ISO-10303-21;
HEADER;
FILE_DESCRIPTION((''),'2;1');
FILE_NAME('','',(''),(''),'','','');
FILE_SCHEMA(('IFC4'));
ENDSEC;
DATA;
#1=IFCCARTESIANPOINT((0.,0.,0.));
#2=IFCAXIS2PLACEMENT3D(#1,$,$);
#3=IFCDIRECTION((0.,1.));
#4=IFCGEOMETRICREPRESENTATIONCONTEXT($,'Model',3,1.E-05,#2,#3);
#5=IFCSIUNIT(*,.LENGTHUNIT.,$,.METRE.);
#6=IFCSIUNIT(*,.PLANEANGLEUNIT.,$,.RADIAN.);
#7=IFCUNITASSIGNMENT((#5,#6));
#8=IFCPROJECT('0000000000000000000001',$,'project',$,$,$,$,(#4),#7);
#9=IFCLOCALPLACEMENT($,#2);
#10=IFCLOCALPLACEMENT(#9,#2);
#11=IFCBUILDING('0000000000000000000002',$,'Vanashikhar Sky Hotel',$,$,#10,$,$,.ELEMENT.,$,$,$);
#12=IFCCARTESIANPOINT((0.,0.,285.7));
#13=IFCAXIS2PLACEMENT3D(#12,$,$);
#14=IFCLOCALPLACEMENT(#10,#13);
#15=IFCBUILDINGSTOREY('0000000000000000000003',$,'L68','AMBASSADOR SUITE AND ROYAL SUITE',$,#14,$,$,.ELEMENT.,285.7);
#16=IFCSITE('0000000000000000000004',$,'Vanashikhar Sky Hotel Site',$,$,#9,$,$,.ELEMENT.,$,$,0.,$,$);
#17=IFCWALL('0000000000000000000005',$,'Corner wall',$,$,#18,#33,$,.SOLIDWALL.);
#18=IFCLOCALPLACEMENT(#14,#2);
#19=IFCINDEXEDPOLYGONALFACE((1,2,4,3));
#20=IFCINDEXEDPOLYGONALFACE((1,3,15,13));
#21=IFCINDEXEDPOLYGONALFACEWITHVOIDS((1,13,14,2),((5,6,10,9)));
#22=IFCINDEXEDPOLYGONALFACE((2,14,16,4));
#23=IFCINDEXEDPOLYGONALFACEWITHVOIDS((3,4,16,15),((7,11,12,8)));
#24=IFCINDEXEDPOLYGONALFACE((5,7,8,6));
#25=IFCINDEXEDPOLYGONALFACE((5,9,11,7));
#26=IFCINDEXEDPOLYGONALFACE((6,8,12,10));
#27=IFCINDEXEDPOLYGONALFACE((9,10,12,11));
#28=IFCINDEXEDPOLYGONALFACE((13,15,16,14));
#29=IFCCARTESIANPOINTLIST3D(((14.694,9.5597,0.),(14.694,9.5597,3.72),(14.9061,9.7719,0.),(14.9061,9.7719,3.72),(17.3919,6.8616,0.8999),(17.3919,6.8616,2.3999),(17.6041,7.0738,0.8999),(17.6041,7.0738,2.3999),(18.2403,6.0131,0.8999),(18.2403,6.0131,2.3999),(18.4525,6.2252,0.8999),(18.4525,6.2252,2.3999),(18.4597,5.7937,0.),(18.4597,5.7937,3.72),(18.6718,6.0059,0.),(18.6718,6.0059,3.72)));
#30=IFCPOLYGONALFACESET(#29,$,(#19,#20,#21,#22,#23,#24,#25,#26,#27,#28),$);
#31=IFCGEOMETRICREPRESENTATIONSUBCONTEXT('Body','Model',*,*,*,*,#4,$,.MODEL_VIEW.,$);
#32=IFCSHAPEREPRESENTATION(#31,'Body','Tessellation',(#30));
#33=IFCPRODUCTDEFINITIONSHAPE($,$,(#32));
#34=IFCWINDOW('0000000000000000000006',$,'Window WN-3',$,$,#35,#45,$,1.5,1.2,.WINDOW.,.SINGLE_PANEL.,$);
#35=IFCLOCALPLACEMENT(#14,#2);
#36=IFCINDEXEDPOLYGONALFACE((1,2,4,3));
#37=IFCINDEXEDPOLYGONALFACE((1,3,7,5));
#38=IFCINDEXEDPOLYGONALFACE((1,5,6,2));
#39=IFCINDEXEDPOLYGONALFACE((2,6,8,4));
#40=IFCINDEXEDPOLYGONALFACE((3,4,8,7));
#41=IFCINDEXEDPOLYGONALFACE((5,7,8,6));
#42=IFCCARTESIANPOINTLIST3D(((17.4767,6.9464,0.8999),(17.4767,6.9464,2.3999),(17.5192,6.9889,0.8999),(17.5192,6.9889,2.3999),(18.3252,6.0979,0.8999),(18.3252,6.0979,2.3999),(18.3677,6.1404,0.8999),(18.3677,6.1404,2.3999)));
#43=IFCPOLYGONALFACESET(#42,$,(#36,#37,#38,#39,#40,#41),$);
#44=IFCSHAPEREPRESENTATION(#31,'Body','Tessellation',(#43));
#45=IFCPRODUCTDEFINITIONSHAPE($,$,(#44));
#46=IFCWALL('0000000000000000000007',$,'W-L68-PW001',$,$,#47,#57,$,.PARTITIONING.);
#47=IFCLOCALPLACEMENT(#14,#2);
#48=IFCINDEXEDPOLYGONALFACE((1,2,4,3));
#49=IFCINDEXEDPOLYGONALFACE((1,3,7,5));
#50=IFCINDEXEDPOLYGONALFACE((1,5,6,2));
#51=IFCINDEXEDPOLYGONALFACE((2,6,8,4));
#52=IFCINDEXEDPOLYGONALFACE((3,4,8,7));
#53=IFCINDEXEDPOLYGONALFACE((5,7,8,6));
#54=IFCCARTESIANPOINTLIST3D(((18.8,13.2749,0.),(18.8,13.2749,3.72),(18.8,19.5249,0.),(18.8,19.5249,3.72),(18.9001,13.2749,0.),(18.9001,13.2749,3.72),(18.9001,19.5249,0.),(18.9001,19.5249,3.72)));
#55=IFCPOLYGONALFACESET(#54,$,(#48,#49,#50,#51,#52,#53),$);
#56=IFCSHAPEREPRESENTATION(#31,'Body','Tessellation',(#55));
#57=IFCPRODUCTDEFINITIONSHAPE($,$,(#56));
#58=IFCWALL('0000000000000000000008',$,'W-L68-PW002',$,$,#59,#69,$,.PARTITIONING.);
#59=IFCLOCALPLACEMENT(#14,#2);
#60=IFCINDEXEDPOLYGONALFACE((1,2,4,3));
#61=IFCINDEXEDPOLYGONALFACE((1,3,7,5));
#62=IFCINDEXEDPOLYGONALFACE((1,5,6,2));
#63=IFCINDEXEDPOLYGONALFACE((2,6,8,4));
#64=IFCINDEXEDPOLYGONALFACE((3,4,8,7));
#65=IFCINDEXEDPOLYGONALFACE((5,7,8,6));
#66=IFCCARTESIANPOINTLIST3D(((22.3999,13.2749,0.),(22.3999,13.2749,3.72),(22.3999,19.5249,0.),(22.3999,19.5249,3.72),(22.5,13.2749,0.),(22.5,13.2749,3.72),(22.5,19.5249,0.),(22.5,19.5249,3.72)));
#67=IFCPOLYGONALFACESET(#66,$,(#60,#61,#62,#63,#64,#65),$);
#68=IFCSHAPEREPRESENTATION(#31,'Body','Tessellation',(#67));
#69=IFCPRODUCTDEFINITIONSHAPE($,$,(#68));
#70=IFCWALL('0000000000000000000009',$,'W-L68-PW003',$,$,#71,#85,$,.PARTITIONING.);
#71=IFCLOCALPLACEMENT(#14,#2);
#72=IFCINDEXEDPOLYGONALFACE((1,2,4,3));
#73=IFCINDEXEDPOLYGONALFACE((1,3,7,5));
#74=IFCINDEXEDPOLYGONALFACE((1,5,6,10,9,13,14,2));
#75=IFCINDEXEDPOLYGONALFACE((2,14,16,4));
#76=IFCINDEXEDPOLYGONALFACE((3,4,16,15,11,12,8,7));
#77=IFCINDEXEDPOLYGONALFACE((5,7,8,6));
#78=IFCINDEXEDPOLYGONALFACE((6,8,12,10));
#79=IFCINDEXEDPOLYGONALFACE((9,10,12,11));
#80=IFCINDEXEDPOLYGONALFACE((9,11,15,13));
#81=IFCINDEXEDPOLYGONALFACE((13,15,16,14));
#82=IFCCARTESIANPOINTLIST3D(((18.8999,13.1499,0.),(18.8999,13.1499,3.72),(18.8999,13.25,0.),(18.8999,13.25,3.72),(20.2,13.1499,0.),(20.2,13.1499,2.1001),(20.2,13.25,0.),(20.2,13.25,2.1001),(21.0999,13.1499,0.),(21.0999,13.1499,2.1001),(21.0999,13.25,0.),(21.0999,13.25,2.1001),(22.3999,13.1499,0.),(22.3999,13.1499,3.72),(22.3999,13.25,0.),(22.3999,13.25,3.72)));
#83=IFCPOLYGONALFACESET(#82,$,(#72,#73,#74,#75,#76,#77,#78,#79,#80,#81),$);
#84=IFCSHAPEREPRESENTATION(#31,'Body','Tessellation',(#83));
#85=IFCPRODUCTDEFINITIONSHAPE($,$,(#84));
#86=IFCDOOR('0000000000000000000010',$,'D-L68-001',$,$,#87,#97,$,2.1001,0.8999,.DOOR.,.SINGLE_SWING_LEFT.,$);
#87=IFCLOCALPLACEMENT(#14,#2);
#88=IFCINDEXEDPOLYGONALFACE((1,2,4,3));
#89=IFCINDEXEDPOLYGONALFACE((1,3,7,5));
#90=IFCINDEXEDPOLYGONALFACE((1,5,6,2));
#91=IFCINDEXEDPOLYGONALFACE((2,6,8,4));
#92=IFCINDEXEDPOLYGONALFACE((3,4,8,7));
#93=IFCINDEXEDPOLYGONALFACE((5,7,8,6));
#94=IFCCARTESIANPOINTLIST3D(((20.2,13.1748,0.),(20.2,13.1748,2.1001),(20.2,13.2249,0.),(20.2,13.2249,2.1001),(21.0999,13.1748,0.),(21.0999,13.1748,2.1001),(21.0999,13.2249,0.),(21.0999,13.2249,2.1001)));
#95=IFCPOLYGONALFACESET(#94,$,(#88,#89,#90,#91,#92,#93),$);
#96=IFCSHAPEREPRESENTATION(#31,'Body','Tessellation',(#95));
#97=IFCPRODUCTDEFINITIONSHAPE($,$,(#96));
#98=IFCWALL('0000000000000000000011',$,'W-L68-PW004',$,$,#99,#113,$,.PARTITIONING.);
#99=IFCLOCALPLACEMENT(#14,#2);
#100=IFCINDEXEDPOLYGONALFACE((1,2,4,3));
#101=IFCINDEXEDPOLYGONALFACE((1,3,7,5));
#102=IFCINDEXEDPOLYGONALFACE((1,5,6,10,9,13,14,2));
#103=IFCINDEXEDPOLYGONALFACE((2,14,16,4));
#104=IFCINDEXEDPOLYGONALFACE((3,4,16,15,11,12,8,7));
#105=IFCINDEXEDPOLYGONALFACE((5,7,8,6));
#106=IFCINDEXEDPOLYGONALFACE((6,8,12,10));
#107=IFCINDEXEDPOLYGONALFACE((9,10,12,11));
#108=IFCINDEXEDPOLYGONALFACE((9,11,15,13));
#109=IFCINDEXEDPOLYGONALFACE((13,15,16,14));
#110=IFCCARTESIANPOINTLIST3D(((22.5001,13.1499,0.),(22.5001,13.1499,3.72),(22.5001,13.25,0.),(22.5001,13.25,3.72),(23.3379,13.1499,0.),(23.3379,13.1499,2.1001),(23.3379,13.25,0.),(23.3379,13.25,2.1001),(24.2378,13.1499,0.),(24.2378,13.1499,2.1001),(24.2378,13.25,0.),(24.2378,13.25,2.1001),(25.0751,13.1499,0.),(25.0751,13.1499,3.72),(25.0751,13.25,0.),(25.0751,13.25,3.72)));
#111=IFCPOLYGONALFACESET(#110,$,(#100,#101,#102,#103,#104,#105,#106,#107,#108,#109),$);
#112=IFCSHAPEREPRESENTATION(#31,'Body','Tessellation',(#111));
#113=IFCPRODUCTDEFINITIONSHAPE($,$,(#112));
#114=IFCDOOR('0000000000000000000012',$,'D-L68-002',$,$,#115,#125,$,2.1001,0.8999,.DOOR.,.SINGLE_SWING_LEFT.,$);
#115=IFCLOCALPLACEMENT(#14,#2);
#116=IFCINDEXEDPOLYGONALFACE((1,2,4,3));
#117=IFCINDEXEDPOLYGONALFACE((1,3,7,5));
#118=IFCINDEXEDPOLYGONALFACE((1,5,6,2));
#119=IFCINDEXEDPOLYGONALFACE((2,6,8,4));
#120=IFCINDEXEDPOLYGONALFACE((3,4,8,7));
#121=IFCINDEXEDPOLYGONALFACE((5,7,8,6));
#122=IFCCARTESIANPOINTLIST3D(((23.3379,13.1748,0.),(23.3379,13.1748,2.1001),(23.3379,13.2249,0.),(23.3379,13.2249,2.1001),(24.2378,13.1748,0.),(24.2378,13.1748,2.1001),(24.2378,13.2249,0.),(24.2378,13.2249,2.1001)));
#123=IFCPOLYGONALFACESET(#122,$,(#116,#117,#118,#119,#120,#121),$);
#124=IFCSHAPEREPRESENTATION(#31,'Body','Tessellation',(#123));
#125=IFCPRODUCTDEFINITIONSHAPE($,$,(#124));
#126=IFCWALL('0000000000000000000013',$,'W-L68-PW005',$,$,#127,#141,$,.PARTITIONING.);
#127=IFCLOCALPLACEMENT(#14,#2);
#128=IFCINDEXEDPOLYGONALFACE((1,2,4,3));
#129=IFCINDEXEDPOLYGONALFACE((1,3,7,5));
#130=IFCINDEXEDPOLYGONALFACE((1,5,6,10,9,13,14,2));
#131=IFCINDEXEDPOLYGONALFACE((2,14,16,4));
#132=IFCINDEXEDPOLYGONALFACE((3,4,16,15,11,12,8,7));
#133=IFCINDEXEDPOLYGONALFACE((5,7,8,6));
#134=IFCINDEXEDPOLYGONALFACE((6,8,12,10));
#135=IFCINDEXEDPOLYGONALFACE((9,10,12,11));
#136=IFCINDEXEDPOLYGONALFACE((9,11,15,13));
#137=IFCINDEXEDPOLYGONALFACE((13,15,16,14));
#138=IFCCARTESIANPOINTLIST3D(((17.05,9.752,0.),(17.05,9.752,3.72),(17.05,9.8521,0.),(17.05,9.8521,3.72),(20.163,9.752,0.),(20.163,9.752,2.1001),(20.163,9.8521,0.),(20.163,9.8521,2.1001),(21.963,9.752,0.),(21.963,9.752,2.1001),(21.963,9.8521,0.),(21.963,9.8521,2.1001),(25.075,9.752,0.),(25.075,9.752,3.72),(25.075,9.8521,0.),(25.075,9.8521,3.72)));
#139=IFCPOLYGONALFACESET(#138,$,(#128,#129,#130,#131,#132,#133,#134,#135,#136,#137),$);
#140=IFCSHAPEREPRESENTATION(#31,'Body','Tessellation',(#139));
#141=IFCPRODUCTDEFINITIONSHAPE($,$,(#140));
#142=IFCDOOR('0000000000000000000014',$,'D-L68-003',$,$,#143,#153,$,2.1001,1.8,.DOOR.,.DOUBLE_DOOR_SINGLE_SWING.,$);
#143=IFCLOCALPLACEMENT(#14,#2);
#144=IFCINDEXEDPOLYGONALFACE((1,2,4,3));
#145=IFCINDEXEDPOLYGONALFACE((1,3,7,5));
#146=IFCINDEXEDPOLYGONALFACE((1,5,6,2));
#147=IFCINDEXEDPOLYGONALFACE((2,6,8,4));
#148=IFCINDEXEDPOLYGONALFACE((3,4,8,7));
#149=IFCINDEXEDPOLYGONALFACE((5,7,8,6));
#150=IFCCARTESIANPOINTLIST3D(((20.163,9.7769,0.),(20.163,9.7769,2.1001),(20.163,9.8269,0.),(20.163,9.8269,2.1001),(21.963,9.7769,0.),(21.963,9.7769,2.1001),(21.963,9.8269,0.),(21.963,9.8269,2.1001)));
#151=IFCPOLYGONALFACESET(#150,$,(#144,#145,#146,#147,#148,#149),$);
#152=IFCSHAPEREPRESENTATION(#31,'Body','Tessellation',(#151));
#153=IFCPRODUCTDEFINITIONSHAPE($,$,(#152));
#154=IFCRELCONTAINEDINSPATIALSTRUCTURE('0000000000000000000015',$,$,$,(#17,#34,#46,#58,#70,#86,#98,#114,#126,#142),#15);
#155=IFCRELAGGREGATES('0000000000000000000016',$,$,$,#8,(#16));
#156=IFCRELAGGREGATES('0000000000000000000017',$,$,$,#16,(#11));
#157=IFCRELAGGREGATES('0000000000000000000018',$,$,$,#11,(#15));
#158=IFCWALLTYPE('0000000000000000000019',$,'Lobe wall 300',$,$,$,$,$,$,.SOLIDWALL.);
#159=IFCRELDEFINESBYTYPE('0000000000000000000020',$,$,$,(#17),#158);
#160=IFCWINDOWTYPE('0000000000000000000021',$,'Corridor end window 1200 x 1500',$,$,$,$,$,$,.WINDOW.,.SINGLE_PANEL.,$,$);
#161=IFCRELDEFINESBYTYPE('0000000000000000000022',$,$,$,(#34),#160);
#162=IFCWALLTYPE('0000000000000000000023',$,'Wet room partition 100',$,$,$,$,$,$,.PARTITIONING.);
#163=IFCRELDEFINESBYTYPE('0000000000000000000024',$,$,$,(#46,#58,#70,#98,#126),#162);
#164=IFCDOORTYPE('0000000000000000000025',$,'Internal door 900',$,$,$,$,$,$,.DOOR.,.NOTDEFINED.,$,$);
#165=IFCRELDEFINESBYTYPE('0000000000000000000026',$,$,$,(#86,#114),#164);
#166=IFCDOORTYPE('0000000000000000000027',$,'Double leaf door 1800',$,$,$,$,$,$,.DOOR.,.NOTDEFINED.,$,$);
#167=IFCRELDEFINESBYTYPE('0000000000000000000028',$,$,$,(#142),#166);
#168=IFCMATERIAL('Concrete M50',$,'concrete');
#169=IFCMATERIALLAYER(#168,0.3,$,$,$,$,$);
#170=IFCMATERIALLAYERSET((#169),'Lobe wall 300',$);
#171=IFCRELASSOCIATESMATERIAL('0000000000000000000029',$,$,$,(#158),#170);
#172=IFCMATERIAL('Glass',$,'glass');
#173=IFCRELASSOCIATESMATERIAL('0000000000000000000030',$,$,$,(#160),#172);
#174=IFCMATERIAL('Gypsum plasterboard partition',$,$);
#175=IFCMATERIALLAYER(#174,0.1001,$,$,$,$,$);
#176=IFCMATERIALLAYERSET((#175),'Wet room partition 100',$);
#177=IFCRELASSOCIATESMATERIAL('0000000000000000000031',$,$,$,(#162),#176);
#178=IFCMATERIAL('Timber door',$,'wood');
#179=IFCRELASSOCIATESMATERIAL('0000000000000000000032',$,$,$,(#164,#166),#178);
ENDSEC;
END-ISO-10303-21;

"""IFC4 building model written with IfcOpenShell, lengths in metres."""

from ifc_helpers import new_model, si_unit, direction, frame, frame_2d, origin, place, context, subcontext, project, spatial, rectangle, extrude, source, transform, mapped, material, layer, layer_set, type_object, element, fill, save


model = new_model("IFC4")

# Units and contexts
model_context = context("Model", 3, precision=1e-05, world=origin(), true_north=direction((0.0, 1.0)))
body_context = subcontext(model_context, "Body", "Model", "MODEL_VIEW")
ifc_project = project(units=[si_unit("LENGTHUNIT", "METRE"), si_unit("PLANEANGLEUNIT", "RADIAN")], contexts=[model_context])

# Site, building, storey
site_placement = place(None, origin())
site = spatial("IfcSite", under=ifc_project, at=site_placement, Name="Vanashikhar Sky Hotel Site", CompositionType="ELEMENT", RefElevation=0.0)
building_placement = place(site_placement, origin())
building = spatial("IfcBuilding", under=site, at=building_placement, Name="Vanashikhar Sky Hotel", CompositionType="ELEMENT")
storey_placement = place(building_placement, frame((0.0, 0.0, 285.7)))
storey = spatial("IfcBuildingStorey", under=building, at=storey_placement, Name="L68", Description="AMBASSADOR SUITE AND ROYAL SUITE", CompositionType="ELEMENT", Elevation=285.7)

# Shared definitions
ifc_material_1 = material(Name="Concrete M50", Category="concrete")

# Shared definitions
ifc_material_2 = material(Name="Glass", Category="glass")

# Wall, opening, window
ifc_layer_1 = layer(ifc_material_1, 0.3)
ifc_layer_set_1 = layer_set([ifc_layer_1], Name="Lobe wall 300")
wall_type_1 = type_object("IfcWallType", Name="Lobe wall 300", PredefinedType="SOLIDWALL", material=ifc_layer_set_1)
shared_shape_1 = source(origin(), body_context, "Body", "SweptSolid", [
    extrude(rectangle(XDim=5.3257, YDim=0.3, at=frame_2d((2.6628, 0.0))), origin(), (0.0, 0.0, 1.0), 3.72),
])
wall_1_placement = place(storey_placement, frame((14.8, 9.6658, 0.0), z_axis=(0.0, 0.0, 1.0), x_axis=(0.707084, -0.70713, 0.0)))
wall_1 = element("IfcWall", 1, at=wall_1_placement, inside=storey, type_object=wall_type_1, Name="Corner wall", PredefinedType="SOLIDWALL", context=body_context, shape_type="MappedRepresentation", body=[
    mapped(shared_shape_1, transform((0.0, 0.0, 0.0), scale=1.0)),
])
shared_shape_2 = source(origin(), body_context, "Body", "SweptSolid", [
    extrude(rectangle(XDim=1.2, YDim=1.5, at=frame_2d((0.6001, 0.75))), frame((0.0, 0.1602, 0.0), z_axis=(0.0, -1.0, 0.0), x_axis=(1.0, 0.0, 0.0)), (0.0, 0.0, 1.0), 0.3201),
])
opening_1_placement = place(wall_1_placement, frame((3.8154, 0.0, 0.8999)))
opening_1 = element("IfcOpeningElement", 2, at=opening_1_placement, cuts=wall_1, PredefinedType="OPENING", context=body_context, shape_type="MappedRepresentation", body=[
    mapped(shared_shape_2, transform((0.0, 0.0, 0.0), scale=1.0)),
])
window_type_1 = type_object("IfcWindowType", Name="Corridor end window 1200 x 1500", PartitioningType="SINGLE_PANEL", PredefinedType="WINDOW", material=ifc_material_2)
shared_shape_3 = source(origin(), body_context, "Body", "SweptSolid", [
    extrude(rectangle(XDim=1.2, YDim=1.5, at=frame_2d((0.6001, 0.75))), frame((0.0, 0.03, 0.0), z_axis=(0.0, -1.0, 0.0), x_axis=(1.0, 0.0, 0.0)), (0.0, 0.0, 1.0), 0.0601),
])
window_1_placement = place(opening_1_placement, origin())
window_1 = element("IfcWindow", 3, at=window_1_placement, inside=storey, type_object=window_type_1, Name="Window WN-3", OverallHeight=1.5, OverallWidth=1.2, PartitioningType="SINGLE_PANEL", PredefinedType="WINDOW", context=body_context, shape_type="MappedRepresentation", body=[
    mapped(shared_shape_3, transform((0.0, 0.0, 0.0), scale=1.0)),
])
fill(opening_1, window_1)

# Walls
ifc_material_3 = material(Name="Gypsum plasterboard partition")
ifc_layer_2 = layer(ifc_material_3, 0.1001)
ifc_layer_set_2 = layer_set([ifc_layer_2], Name="Wet room partition 100")
wall_type_2 = type_object("IfcWallType", Name="Wet room partition 100", PredefinedType="PARTITIONING", material=ifc_layer_set_2)
shared_shape_4 = source(origin(), body_context, "Body", "SweptSolid", [
    extrude(rectangle(XDim=6.25, YDim=0.1001, at=frame_2d((3.125, 0.0))), origin(), (0.0, 0.0, 1.0), 3.72),
])
for number, where, z_axis, x_axis, name in (
    (4, (18.8501, 13.2749, 0.0), (0.0, 0.0, 1.0), (0.0, 1.0, 0.0), "W-L68-PW001"),
    (5, (22.45, 13.2749, 0.0), (0.0, 0.0, 1.0), (0.0, 1.0, 0.0), "W-L68-PW002"),
):
    element("IfcWall", number, at=place(storey_placement, frame(where, z_axis=z_axis, x_axis=x_axis)), inside=storey, type_object=wall_type_2, Name=name, PredefinedType="PARTITIONING", context=body_context, shape_type="MappedRepresentation", body=[
        mapped(shared_shape_4, transform((0.0, 0.0, 0.0), scale=1.0)),
    ])

# Walls, openings, doors
shared_shape_5 = source(origin(), body_context, "Body", "SweptSolid", [
    extrude(rectangle(XDim=3.5, YDim=0.1001, at=frame_2d((1.75, 0.0))), origin(), (0.0, 0.0, 1.0), 3.72),
])
wall_2_placement = place(storey_placement, frame((18.8999, 13.2, 0.0), z_axis=(0.0, 0.0, 1.0), x_axis=(1.0, 0.0, 0.0)))
wall_2 = element("IfcWall", 6, at=wall_2_placement, inside=storey, type_object=wall_type_2, Name="W-L68-PW003", PredefinedType="PARTITIONING", context=body_context, shape_type="MappedRepresentation", body=[
    mapped(shared_shape_5, transform((0.0, 0.0, 0.0), scale=1.0)),
])
shared_shape_6 = source(origin(), body_context, "Body", "SweptSolid", [
    extrude(rectangle(XDim=0.8999, YDim=2.1001, at=frame_2d((0.45, 1.05))), frame((0.0, 0.0601, 0.0), z_axis=(0.0, -1.0, 0.0), x_axis=(1.0, 0.0, 0.0)), (0.0, 0.0, 1.0), 0.1201),
])
opening_2_placement = place(wall_2_placement, frame((1.3, 0.0, 0.0)))
opening_2 = element("IfcOpeningElement", 7, at=opening_2_placement, cuts=wall_2, PredefinedType="OPENING", context=body_context, shape_type="MappedRepresentation", body=[
    mapped(shared_shape_6, transform((0.0, 0.0, 0.0), scale=1.0)),
])
ifc_material_4 = material(Name="Timber door", Category="wood")
door_type_1 = type_object("IfcDoorType", Name="Internal door 900", OperationType="NOTDEFINED", PredefinedType="DOOR", material=ifc_material_4)
shared_shape_7 = source(origin(), body_context, "Body", "SweptSolid", [
    extrude(rectangle(XDim=0.8999, YDim=2.1001, at=frame_2d((0.45, 1.05))), frame((0.0, 0.0249, 0.0), z_axis=(0.0, -1.0, 0.0), x_axis=(1.0, 0.0, 0.0)), (0.0, 0.0, 1.0), 0.05),
])
door_1_placement = place(opening_2_placement, origin())
door_1 = element("IfcDoor", 8, at=door_1_placement, inside=storey, type_object=door_type_1, Name="D-L68-001", OperationType="SINGLE_SWING_LEFT", OverallHeight=2.1001, OverallWidth=0.8999, PredefinedType="DOOR", context=body_context, shape_type="MappedRepresentation", body=[
    mapped(shared_shape_7, transform((0.0, 0.0, 0.0), scale=1.0)),
])
fill(opening_2, door_1)
shared_shape_8 = source(origin(), body_context, "Body", "SweptSolid", [
    extrude(rectangle(XDim=2.575, YDim=0.1001, at=frame_2d((1.2876, 0.0))), origin(), (0.0, 0.0, 1.0), 3.72),
])
wall_3_placement = place(storey_placement, frame((22.5, 13.2, 0.0), z_axis=(0.0, 0.0, 1.0), x_axis=(1.0, 0.0, 0.0)))
wall_3 = element("IfcWall", 9, at=wall_3_placement, inside=storey, type_object=wall_type_2, Name="W-L68-PW004", PredefinedType="PARTITIONING", context=body_context, shape_type="MappedRepresentation", body=[
    mapped(shared_shape_8, transform((0.0, 0.0, 0.0), scale=1.0)),
])
opening_3_placement = place(wall_3_placement, frame((0.8379, 0.0, 0.0)))
opening_3 = element("IfcOpeningElement", 10, at=opening_3_placement, cuts=wall_3, PredefinedType="OPENING", context=body_context, shape_type="MappedRepresentation", body=[
    mapped(shared_shape_6, transform((0.0, 0.0, 0.0), scale=1.0)),
])
door_2_placement = place(opening_3_placement, origin())
door_2 = element("IfcDoor", 11, at=door_2_placement, inside=storey, type_object=door_type_1, Name="D-L68-002", OperationType="SINGLE_SWING_LEFT", OverallHeight=2.1001, OverallWidth=0.8999, PredefinedType="DOOR", context=body_context, shape_type="MappedRepresentation", body=[
    mapped(shared_shape_7, transform((0.0, 0.0, 0.0), scale=1.0)),
])
fill(opening_3, door_2)
shared_shape_9 = source(origin(), body_context, "Body", "SweptSolid", [
    extrude(rectangle(XDim=8.0249, YDim=0.1001, at=frame_2d((4.0125, 0.0))), origin(), (0.0, 0.0, 1.0), 3.72),
])
wall_4_placement = place(storey_placement, frame((17.05, 9.802, 0.0), z_axis=(0.0, 0.0, 1.0), x_axis=(1.0, 0.0, 0.0)))
wall_4 = element("IfcWall", 12, at=wall_4_placement, inside=storey, type_object=wall_type_2, Name="W-L68-PW005", PredefinedType="PARTITIONING", context=body_context, shape_type="MappedRepresentation", body=[
    mapped(shared_shape_9, transform((0.0, 0.0, 0.0), scale=1.0)),
])
shared_shape_10 = source(origin(), body_context, "Body", "SweptSolid", [
    extrude(rectangle(XDim=1.8, YDim=2.1001, at=frame_2d((0.8999, 1.05))), frame((0.0, 0.0601, 0.0), z_axis=(0.0, -1.0, 0.0), x_axis=(1.0, 0.0, 0.0)), (0.0, 0.0, 1.0), 0.1201),
])
opening_4_placement = place(wall_4_placement, frame((3.113, 0.0, 0.0)))
opening_4 = element("IfcOpeningElement", 13, at=opening_4_placement, cuts=wall_4, PredefinedType="OPENING", context=body_context, shape_type="MappedRepresentation", body=[
    mapped(shared_shape_10, transform((0.0, 0.0, 0.0), scale=1.0)),
])
door_type_2 = type_object("IfcDoorType", Name="Double leaf door 1800", OperationType="NOTDEFINED", PredefinedType="DOOR", material=ifc_material_4)
shared_shape_11 = source(origin(), body_context, "Body", "SweptSolid", [
    extrude(rectangle(XDim=1.8, YDim=2.1001, at=frame_2d((0.8999, 1.05))), frame((0.0, 0.0249, 0.0), z_axis=(0.0, -1.0, 0.0), x_axis=(1.0, 0.0, 0.0)), (0.0, 0.0, 1.0), 0.05),
])
door_3_placement = place(opening_4_placement, origin())
door_3 = element("IfcDoor", 14, at=door_3_placement, inside=storey, type_object=door_type_2, Name="D-L68-003", OperationType="DOUBLE_DOOR_SINGLE_SWING", OverallHeight=2.1001, OverallWidth=1.8, PredefinedType="DOOR", context=body_context, shape_type="MappedRepresentation", body=[
    mapped(shared_shape_11, transform((0.0, 0.0, 0.0), scale=1.0)),
])
fill(opening_4, door_3)

save(model, "model.ifc")
